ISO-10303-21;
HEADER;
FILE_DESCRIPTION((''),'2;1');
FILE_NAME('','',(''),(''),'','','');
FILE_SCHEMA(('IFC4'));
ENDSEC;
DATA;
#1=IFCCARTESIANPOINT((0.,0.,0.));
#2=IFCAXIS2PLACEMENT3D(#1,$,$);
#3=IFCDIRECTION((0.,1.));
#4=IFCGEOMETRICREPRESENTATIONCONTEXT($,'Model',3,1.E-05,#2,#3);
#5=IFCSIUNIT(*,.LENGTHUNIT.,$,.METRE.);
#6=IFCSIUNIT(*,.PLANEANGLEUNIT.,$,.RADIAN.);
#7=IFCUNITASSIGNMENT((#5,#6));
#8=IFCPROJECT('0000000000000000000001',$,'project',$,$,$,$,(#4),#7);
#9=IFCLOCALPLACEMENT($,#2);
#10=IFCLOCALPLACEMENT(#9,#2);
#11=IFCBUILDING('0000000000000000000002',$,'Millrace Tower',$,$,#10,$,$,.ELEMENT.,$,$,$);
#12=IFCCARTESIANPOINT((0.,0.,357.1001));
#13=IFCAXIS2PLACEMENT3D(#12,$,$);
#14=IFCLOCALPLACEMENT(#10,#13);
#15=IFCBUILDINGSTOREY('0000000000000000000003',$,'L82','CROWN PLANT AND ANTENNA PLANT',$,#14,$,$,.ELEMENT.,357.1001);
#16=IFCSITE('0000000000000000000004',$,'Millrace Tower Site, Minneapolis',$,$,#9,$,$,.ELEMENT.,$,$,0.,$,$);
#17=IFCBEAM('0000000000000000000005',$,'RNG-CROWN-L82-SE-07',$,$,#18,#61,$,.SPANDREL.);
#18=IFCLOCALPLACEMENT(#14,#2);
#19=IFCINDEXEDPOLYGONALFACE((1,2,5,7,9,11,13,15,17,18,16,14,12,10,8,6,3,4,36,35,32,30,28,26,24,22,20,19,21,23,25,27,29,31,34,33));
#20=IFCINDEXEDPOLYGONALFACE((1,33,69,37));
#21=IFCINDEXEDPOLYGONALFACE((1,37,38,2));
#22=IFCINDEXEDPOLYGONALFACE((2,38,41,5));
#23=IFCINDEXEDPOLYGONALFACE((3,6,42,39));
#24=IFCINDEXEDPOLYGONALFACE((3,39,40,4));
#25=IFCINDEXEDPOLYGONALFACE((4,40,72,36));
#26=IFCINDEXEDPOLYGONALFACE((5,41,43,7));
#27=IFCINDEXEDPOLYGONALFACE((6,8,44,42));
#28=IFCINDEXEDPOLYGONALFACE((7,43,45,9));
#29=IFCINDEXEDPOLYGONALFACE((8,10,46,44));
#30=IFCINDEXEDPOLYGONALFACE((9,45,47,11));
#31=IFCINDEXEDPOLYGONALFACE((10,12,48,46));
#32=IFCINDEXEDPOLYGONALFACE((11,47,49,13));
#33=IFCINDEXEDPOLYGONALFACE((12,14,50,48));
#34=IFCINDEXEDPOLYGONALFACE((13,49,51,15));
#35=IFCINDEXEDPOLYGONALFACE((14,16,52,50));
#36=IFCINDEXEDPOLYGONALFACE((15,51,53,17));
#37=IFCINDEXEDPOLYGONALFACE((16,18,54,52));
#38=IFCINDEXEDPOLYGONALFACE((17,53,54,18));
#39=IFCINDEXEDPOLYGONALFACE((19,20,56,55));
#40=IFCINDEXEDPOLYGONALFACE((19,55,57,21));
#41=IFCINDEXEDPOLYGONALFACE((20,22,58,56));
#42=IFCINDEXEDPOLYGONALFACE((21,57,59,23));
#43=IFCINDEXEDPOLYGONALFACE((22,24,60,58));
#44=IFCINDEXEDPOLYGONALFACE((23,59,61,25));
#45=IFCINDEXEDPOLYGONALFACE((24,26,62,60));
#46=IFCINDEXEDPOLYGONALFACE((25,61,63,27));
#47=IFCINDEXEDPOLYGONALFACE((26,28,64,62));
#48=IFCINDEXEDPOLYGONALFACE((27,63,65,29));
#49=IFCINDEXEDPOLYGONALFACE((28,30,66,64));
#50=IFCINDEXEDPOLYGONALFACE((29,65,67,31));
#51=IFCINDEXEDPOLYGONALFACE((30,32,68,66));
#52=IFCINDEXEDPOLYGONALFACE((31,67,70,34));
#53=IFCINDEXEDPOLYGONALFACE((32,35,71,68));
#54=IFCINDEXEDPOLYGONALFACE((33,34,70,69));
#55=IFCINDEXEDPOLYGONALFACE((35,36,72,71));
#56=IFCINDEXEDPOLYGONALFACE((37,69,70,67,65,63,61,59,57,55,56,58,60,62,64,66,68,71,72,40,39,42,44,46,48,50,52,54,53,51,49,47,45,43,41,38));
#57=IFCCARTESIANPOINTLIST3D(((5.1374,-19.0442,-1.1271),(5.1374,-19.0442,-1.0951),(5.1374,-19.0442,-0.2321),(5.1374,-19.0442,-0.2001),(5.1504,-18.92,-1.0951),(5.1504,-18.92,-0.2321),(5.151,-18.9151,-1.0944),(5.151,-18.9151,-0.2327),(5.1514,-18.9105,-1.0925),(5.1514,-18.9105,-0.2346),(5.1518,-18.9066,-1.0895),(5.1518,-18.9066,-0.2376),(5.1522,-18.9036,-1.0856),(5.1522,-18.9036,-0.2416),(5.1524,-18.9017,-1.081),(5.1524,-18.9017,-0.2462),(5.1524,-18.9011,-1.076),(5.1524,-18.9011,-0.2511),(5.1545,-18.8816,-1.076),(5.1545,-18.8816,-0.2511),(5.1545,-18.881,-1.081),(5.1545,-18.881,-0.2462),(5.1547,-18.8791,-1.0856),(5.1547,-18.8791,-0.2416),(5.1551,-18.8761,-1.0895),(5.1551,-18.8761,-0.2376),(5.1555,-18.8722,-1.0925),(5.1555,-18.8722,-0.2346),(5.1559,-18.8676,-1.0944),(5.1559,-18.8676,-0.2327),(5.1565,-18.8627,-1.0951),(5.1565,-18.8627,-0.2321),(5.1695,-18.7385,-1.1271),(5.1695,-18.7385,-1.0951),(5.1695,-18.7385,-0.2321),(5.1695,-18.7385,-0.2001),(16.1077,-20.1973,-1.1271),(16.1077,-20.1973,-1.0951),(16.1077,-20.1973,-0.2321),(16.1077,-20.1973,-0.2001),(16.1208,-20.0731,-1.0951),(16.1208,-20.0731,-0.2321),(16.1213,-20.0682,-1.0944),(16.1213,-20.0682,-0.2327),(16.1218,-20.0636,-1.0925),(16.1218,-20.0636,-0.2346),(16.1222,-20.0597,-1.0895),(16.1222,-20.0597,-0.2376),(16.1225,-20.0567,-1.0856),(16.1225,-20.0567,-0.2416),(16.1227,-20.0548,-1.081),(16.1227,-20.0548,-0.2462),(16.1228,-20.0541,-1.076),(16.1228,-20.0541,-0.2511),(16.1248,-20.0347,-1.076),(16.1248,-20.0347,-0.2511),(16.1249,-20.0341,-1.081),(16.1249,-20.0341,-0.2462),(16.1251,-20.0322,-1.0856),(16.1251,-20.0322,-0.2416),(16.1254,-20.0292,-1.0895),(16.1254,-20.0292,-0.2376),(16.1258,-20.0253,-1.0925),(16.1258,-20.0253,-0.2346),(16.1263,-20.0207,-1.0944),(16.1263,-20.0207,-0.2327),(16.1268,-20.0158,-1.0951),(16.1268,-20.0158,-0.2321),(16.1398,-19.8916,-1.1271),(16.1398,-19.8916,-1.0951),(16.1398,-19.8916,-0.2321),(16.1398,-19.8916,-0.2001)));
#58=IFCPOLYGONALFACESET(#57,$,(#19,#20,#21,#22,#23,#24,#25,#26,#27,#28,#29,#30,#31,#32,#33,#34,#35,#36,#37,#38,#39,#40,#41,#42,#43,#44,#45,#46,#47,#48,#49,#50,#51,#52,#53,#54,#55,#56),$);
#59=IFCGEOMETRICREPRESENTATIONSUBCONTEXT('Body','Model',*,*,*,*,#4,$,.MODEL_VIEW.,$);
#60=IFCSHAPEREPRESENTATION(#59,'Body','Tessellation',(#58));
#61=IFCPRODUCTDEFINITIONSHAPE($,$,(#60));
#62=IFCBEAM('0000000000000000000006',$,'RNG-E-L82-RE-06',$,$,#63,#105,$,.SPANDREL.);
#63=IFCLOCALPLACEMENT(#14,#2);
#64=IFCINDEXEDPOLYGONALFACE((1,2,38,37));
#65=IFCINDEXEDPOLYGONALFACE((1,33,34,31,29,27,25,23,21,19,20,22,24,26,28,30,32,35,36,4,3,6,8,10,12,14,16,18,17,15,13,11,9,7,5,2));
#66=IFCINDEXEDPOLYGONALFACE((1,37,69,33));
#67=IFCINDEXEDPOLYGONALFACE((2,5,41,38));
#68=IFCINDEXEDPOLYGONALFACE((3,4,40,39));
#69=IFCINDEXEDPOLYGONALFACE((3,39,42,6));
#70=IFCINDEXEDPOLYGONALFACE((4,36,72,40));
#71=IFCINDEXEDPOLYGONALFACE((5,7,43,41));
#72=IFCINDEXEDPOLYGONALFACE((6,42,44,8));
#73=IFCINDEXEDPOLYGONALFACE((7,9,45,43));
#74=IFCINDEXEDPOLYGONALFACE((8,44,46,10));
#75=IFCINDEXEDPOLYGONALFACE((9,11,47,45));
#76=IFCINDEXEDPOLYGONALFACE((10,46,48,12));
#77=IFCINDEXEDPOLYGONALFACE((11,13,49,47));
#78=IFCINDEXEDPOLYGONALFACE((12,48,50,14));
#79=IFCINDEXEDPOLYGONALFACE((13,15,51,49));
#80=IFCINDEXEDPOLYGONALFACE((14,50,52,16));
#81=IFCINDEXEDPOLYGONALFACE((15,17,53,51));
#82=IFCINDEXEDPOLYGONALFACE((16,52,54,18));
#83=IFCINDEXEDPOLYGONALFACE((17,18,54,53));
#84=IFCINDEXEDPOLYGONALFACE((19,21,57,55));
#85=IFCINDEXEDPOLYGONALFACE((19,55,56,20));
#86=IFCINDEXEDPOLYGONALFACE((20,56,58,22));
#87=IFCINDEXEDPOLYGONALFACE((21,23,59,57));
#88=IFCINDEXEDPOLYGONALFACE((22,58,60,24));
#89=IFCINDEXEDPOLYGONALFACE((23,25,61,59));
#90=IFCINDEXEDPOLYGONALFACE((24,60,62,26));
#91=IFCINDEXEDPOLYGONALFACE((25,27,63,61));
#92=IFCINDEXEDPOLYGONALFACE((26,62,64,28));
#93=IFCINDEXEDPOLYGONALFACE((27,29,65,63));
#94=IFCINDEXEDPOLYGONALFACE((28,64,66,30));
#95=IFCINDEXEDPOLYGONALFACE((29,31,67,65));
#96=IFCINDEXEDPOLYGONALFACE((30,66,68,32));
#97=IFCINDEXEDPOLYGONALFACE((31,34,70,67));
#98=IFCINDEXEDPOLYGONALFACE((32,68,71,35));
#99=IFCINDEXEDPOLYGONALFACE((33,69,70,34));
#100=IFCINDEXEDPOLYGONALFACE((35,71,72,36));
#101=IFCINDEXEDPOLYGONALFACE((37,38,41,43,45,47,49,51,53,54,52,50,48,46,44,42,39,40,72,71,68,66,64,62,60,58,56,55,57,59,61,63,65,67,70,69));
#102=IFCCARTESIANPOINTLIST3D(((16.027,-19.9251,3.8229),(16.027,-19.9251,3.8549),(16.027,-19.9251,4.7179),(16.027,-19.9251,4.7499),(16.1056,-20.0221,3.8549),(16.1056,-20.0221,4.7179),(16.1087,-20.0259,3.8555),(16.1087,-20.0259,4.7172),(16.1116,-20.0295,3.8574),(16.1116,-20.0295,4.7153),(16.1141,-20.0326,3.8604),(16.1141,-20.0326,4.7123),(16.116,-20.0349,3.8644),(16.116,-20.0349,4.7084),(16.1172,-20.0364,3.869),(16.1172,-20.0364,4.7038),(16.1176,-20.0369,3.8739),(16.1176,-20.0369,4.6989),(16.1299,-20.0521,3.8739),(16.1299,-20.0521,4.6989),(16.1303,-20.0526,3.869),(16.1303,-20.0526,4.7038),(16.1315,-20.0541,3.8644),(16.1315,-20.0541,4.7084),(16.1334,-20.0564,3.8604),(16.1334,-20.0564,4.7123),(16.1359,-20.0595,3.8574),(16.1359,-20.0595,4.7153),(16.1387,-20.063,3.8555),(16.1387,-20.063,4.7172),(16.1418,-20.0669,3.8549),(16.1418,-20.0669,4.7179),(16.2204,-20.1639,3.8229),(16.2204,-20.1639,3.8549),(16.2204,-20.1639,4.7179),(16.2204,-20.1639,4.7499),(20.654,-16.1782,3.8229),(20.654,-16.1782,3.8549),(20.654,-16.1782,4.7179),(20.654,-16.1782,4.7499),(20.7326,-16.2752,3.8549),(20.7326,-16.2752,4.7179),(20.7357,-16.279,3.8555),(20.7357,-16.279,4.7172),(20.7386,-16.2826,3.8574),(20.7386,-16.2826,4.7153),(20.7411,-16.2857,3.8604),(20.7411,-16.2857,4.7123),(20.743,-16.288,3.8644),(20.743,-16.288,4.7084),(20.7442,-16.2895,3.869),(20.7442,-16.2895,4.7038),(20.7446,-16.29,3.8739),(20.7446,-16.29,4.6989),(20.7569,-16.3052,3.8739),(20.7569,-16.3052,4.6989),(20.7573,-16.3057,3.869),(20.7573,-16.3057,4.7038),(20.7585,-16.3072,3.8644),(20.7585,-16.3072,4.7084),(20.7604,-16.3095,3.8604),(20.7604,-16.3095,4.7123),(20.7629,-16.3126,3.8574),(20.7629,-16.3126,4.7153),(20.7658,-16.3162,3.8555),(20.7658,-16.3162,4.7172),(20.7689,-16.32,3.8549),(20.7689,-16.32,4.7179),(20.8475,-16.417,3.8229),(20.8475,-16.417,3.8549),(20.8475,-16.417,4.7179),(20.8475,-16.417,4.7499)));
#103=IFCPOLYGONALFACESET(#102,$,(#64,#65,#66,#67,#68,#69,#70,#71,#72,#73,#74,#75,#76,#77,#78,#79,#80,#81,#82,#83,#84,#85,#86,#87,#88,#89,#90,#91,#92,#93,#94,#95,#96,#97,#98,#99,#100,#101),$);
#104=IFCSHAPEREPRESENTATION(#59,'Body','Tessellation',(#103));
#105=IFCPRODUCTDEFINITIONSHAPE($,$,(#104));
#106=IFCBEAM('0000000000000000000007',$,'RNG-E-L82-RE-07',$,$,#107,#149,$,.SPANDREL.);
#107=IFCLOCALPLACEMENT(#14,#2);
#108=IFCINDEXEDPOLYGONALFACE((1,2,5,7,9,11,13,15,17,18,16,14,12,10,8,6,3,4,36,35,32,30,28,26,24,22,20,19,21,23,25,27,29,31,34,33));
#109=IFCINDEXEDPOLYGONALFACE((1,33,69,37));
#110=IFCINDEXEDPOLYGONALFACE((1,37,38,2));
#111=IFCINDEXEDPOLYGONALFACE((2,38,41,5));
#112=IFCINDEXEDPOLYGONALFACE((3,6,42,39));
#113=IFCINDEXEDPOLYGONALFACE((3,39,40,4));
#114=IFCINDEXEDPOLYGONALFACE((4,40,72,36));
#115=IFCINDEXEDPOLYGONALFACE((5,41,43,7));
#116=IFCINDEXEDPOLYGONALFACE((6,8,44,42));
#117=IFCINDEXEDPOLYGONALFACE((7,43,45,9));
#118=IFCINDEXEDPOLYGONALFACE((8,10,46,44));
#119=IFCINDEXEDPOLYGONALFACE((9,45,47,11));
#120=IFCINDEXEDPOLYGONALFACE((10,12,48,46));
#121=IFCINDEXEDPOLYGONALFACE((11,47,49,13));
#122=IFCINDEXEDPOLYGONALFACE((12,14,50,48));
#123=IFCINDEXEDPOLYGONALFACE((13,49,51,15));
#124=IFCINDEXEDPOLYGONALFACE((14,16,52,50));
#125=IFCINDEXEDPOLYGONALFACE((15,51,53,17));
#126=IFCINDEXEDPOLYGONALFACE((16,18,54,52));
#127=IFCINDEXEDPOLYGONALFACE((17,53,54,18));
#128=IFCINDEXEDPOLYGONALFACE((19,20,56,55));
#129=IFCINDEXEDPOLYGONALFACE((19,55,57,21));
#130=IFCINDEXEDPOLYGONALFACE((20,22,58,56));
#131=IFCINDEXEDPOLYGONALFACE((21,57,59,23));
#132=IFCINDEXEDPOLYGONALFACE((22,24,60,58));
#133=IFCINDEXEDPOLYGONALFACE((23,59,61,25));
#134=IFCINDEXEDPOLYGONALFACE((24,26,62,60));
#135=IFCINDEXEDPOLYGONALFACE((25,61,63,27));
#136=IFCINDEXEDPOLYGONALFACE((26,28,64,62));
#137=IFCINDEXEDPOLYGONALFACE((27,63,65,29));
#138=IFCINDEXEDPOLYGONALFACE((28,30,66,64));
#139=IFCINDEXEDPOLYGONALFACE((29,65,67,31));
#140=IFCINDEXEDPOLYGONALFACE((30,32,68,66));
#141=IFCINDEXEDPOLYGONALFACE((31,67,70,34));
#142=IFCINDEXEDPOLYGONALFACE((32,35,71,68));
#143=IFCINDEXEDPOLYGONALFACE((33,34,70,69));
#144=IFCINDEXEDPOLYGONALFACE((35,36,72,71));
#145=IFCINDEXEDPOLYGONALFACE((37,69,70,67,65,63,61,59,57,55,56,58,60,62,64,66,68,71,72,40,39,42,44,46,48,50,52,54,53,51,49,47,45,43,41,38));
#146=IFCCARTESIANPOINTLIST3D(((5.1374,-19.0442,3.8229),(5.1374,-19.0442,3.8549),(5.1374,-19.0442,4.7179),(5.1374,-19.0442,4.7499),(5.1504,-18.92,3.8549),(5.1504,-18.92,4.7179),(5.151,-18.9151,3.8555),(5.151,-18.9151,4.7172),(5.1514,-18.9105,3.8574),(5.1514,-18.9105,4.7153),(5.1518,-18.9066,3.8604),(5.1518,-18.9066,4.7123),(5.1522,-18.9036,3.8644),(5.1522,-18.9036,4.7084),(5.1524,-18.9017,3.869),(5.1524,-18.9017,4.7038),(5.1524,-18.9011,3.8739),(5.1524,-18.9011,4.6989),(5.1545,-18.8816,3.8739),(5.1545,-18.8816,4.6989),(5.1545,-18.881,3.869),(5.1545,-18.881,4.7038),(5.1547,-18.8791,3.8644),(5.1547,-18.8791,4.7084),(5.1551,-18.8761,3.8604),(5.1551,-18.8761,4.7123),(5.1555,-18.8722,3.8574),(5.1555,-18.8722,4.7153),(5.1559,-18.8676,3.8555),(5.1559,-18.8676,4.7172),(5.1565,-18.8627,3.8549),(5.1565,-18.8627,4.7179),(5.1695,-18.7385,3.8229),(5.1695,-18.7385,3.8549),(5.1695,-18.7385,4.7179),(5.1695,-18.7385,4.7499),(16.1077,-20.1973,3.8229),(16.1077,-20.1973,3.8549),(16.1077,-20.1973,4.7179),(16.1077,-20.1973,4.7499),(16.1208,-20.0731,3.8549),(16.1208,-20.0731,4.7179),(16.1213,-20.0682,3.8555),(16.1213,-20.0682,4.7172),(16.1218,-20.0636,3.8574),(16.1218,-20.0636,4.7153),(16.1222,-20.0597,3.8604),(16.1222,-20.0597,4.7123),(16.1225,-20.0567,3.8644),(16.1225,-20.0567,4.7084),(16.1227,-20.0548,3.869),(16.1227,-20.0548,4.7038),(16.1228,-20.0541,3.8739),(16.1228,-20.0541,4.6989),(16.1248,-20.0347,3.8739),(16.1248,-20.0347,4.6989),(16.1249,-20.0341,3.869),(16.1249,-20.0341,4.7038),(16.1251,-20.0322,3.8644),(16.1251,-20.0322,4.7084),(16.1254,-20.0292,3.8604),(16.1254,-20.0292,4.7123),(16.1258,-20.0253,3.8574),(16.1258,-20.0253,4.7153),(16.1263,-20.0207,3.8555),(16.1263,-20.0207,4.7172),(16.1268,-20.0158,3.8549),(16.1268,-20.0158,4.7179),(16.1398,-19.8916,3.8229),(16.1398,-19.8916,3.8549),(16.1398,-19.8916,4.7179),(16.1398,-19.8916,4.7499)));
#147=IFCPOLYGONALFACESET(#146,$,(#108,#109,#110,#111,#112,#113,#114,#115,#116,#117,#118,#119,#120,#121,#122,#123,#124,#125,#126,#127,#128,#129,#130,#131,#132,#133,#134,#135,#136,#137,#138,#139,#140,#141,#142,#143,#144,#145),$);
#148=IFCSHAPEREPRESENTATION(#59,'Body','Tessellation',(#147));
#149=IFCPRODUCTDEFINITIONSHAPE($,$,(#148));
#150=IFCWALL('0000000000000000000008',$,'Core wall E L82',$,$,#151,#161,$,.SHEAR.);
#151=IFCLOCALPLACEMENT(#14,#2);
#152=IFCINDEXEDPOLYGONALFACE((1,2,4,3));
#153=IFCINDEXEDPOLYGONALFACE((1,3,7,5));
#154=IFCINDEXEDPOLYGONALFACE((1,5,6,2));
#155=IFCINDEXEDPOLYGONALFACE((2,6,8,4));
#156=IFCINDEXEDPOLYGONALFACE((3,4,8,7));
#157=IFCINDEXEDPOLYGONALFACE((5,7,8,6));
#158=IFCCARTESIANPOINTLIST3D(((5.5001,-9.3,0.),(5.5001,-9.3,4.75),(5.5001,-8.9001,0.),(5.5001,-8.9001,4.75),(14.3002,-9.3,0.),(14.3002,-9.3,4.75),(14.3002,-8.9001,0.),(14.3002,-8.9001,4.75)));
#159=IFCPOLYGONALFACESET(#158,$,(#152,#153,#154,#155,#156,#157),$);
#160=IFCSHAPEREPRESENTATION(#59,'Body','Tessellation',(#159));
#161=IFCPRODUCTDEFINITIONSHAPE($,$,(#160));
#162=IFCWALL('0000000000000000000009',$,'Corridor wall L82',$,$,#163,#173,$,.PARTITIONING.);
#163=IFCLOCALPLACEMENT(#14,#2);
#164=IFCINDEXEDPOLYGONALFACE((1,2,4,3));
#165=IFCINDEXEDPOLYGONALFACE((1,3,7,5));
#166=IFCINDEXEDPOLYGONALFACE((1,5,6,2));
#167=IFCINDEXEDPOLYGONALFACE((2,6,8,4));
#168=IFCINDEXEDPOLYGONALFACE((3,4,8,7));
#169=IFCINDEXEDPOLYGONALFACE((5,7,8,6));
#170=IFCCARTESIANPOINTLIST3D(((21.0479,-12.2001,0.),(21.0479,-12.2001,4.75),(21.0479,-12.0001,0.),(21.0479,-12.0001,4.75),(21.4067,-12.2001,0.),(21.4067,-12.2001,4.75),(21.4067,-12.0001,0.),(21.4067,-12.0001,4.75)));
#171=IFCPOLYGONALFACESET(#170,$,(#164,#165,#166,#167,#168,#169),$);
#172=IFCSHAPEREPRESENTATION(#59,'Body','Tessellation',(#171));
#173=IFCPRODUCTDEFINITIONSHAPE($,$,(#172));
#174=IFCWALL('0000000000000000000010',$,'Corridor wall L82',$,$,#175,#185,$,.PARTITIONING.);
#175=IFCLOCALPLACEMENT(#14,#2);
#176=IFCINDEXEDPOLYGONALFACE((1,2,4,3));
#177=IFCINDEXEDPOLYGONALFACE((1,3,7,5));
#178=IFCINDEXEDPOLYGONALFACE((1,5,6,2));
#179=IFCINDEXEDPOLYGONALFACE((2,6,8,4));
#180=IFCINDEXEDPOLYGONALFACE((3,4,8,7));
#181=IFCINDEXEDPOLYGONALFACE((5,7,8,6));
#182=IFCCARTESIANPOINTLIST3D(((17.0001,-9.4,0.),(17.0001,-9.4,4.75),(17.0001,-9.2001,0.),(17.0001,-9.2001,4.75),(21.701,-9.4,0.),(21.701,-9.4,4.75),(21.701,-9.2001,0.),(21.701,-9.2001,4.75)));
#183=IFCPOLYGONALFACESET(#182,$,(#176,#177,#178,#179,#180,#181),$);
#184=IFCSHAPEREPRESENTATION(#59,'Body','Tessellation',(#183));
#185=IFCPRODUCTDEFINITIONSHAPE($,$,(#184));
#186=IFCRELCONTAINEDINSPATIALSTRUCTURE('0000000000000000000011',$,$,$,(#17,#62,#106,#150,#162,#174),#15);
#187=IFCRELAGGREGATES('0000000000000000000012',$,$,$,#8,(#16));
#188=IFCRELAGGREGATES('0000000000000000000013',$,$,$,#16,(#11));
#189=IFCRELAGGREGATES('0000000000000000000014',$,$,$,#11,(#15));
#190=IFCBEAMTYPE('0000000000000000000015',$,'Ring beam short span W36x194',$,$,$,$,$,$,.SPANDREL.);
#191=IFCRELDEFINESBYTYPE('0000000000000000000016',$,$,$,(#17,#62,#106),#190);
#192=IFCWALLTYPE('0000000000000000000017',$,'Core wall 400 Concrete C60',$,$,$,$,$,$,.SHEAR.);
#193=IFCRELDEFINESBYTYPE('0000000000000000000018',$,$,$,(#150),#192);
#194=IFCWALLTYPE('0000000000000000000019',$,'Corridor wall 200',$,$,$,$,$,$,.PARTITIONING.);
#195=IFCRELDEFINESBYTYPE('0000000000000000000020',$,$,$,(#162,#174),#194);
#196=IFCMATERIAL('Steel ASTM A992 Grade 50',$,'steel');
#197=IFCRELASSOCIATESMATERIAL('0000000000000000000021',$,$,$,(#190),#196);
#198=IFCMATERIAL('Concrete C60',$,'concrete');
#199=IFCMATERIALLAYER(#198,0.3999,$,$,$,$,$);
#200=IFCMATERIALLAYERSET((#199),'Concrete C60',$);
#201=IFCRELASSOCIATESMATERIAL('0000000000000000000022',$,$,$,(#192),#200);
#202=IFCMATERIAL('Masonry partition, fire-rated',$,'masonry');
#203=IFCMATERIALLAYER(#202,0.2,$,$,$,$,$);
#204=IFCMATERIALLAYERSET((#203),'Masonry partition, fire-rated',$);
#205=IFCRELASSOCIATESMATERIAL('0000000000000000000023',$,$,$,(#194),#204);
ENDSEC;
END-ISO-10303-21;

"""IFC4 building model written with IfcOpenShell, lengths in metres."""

from ifc_helpers import new_model, si_unit, direction, frame, frame_2d, origin, origin_2d, place, context, subcontext, project, spatial, rectangle, i_section, extrude, material, layer, layer_set, material_profile, profile_set, type_object, element, save


model = new_model("IFC4")

# Units and contexts
model_context = context("Model", 3, precision=1e-05, world=origin(), true_north=direction((0.0, 1.0)))
body_context = subcontext(model_context, "Body", "Model", "MODEL_VIEW")
ifc_project = project(units=[si_unit("LENGTHUNIT", "METRE"), si_unit("PLANEANGLEUNIT", "RADIAN")], contexts=[model_context])

# Site, building, storey
site_placement = place(None, origin())
site = spatial("IfcSite", under=ifc_project, at=site_placement, Name="Millrace Tower Site, Minneapolis", CompositionType="ELEMENT", RefElevation=0.0)
building_placement = place(site_placement, origin())
building = spatial("IfcBuilding", under=site, at=building_placement, Name="Millrace Tower", CompositionType="ELEMENT")
storey_placement = place(building_placement, frame((0.0, 0.0, 357.1001)))
storey = spatial("IfcBuildingStorey", under=building, at=storey_placement, Name="L82", Description="CROWN PLANT AND ANTENNA PLANT", CompositionType="ELEMENT", Elevation=357.1001)

# Beams
ifc_material_1 = material(Name="Steel ASTM A992 Grade 50", Category="steel")
ifc_material_profile_1 = material_profile(ifc_material_1, i_section(OverallWidth=0.3074, OverallDepth=0.927, WebThickness=0.0195, FlangeThickness=0.032, FilletRadius=0.019, at=origin_2d()))
ifc_profile_set_1 = profile_set([ifc_material_profile_1], Name="Steel ASTM A992 Grade 50")
beam_type_1 = type_object("IfcBeamType", Name="Ring beam short span W36x194", PredefinedType="SPANDREL", material=ifc_profile_set_1)
beam_1_placement = place(storey_placement, frame((16.1238, -20.0444, -0.6636), z_axis=(-0.994521, 0.104534, 0.0), x_axis=(-0.104534, -0.994521, 0.0)))
element("IfcBeam", 1, at=beam_1_placement, inside=storey, type_object=beam_type_1, Name="RNG-CROWN-L82-SE-07", PredefinedType="SPANDREL", context=body_context, shape_type="SweptSolid", body=[
    extrude(i_section(OverallWidth=0.3074, OverallDepth=0.927, WebThickness=0.0195, FlangeThickness=0.032, FilletRadius=0.019, at=origin_2d()), origin(), (0.0, 0.0, 1.0), 11.0308),
])
beam_2_placement = place(storey_placement, frame((20.7507, -16.2976, 4.2864), z_axis=(-0.777147, -0.62932, 0.0), x_axis=(0.62932, -0.777147, 0.0)))
element("IfcBeam", 2, at=beam_2_placement, inside=storey, type_object=beam_type_1, Name="RNG-E-L82-RE-06", PredefinedType="SPANDREL", context=body_context, shape_type="SweptSolid", body=[
    extrude(i_section(OverallWidth=0.3074, OverallDepth=0.927, WebThickness=0.0195, FlangeThickness=0.032, FilletRadius=0.019, at=origin_2d()), origin(), (0.0, 0.0, 1.0), 5.9539),
])
beam_3_placement = place(storey_placement, frame((16.1238, -20.0444, 4.2864), z_axis=(-0.994521, 0.104534, 0.0), x_axis=(-0.104534, -0.994521, 0.0)))
element("IfcBeam", 3, at=beam_3_placement, inside=storey, type_object=beam_type_1, Name="RNG-E-L82-RE-07", PredefinedType="SPANDREL", context=body_context, shape_type="SweptSolid", body=[
    extrude(i_section(OverallWidth=0.3074, OverallDepth=0.927, WebThickness=0.0195, FlangeThickness=0.032, FilletRadius=0.019, at=origin_2d()), origin(), (0.0, 0.0, 1.0), 11.0308),
])

# Walls
ifc_material_2 = material(Name="Concrete C60", Category="concrete")
ifc_layer_1 = layer(ifc_material_2, 0.3999)
ifc_layer_set_1 = layer_set([ifc_layer_1], Name="Concrete C60")
wall_type_1 = type_object("IfcWallType", Name="Core wall 400 Concrete C60", PredefinedType="SHEAR", material=ifc_layer_set_1)
wall_1_placement = place(storey_placement, frame((14.3, -9.1001, 0.0), z_axis=(0.0, 0.0, 1.0), x_axis=(-1.0, 0.0, 0.0)))
element("IfcWall", 4, at=wall_1_placement, inside=storey, type_object=wall_type_1, Name="Core wall E L82", PredefinedType="SHEAR", context=body_context, shape_type="SweptSolid", body=[
    extrude(rectangle(XDim=8.8, YDim=0.3999, at=frame_2d((4.3999, 0.0))), origin(), (0.0, 0.0, 1.0), 4.75),
])
ifc_material_3 = material(Name="Masonry partition, fire-rated", Category="masonry")
ifc_layer_2 = layer(ifc_material_3, 0.2)
ifc_layer_set_2 = layer_set([ifc_layer_2], Name="Masonry partition, fire-rated")
wall_type_2 = type_object("IfcWallType", Name="Corridor wall 200", PredefinedType="PARTITIONING", material=ifc_layer_set_2)
wall_2_placement = place(storey_placement, frame((21.0479, -12.1001, 0.0), z_axis=(0.0, 0.0, 1.0), x_axis=(1.0, 0.0, 0.0)))
element("IfcWall", 5, at=wall_2_placement, inside=storey, type_object=wall_type_2, Name="Corridor wall L82", PredefinedType="PARTITIONING", context=body_context, shape_type="SweptSolid", body=[
    extrude(rectangle(XDim=0.3589, YDim=0.2, at=frame_2d((0.1794, 0.0))), origin(), (0.0, 0.0, 1.0), 4.75),
])
wall_3_placement = place(storey_placement, frame((17.0, -9.3, 0.0), z_axis=(0.0, 0.0, 1.0), x_axis=(1.0, 0.0, 0.0)))
element("IfcWall", 6, at=wall_3_placement, inside=storey, type_object=wall_type_2, Name="Corridor wall L82", PredefinedType="PARTITIONING", context=body_context, shape_type="SweptSolid", body=[
    extrude(rectangle(XDim=4.7009, YDim=0.2, at=frame_2d((2.3506, 0.0))), origin(), (0.0, 0.0, 1.0), 4.75),
])

save(model, "model.ifc")
